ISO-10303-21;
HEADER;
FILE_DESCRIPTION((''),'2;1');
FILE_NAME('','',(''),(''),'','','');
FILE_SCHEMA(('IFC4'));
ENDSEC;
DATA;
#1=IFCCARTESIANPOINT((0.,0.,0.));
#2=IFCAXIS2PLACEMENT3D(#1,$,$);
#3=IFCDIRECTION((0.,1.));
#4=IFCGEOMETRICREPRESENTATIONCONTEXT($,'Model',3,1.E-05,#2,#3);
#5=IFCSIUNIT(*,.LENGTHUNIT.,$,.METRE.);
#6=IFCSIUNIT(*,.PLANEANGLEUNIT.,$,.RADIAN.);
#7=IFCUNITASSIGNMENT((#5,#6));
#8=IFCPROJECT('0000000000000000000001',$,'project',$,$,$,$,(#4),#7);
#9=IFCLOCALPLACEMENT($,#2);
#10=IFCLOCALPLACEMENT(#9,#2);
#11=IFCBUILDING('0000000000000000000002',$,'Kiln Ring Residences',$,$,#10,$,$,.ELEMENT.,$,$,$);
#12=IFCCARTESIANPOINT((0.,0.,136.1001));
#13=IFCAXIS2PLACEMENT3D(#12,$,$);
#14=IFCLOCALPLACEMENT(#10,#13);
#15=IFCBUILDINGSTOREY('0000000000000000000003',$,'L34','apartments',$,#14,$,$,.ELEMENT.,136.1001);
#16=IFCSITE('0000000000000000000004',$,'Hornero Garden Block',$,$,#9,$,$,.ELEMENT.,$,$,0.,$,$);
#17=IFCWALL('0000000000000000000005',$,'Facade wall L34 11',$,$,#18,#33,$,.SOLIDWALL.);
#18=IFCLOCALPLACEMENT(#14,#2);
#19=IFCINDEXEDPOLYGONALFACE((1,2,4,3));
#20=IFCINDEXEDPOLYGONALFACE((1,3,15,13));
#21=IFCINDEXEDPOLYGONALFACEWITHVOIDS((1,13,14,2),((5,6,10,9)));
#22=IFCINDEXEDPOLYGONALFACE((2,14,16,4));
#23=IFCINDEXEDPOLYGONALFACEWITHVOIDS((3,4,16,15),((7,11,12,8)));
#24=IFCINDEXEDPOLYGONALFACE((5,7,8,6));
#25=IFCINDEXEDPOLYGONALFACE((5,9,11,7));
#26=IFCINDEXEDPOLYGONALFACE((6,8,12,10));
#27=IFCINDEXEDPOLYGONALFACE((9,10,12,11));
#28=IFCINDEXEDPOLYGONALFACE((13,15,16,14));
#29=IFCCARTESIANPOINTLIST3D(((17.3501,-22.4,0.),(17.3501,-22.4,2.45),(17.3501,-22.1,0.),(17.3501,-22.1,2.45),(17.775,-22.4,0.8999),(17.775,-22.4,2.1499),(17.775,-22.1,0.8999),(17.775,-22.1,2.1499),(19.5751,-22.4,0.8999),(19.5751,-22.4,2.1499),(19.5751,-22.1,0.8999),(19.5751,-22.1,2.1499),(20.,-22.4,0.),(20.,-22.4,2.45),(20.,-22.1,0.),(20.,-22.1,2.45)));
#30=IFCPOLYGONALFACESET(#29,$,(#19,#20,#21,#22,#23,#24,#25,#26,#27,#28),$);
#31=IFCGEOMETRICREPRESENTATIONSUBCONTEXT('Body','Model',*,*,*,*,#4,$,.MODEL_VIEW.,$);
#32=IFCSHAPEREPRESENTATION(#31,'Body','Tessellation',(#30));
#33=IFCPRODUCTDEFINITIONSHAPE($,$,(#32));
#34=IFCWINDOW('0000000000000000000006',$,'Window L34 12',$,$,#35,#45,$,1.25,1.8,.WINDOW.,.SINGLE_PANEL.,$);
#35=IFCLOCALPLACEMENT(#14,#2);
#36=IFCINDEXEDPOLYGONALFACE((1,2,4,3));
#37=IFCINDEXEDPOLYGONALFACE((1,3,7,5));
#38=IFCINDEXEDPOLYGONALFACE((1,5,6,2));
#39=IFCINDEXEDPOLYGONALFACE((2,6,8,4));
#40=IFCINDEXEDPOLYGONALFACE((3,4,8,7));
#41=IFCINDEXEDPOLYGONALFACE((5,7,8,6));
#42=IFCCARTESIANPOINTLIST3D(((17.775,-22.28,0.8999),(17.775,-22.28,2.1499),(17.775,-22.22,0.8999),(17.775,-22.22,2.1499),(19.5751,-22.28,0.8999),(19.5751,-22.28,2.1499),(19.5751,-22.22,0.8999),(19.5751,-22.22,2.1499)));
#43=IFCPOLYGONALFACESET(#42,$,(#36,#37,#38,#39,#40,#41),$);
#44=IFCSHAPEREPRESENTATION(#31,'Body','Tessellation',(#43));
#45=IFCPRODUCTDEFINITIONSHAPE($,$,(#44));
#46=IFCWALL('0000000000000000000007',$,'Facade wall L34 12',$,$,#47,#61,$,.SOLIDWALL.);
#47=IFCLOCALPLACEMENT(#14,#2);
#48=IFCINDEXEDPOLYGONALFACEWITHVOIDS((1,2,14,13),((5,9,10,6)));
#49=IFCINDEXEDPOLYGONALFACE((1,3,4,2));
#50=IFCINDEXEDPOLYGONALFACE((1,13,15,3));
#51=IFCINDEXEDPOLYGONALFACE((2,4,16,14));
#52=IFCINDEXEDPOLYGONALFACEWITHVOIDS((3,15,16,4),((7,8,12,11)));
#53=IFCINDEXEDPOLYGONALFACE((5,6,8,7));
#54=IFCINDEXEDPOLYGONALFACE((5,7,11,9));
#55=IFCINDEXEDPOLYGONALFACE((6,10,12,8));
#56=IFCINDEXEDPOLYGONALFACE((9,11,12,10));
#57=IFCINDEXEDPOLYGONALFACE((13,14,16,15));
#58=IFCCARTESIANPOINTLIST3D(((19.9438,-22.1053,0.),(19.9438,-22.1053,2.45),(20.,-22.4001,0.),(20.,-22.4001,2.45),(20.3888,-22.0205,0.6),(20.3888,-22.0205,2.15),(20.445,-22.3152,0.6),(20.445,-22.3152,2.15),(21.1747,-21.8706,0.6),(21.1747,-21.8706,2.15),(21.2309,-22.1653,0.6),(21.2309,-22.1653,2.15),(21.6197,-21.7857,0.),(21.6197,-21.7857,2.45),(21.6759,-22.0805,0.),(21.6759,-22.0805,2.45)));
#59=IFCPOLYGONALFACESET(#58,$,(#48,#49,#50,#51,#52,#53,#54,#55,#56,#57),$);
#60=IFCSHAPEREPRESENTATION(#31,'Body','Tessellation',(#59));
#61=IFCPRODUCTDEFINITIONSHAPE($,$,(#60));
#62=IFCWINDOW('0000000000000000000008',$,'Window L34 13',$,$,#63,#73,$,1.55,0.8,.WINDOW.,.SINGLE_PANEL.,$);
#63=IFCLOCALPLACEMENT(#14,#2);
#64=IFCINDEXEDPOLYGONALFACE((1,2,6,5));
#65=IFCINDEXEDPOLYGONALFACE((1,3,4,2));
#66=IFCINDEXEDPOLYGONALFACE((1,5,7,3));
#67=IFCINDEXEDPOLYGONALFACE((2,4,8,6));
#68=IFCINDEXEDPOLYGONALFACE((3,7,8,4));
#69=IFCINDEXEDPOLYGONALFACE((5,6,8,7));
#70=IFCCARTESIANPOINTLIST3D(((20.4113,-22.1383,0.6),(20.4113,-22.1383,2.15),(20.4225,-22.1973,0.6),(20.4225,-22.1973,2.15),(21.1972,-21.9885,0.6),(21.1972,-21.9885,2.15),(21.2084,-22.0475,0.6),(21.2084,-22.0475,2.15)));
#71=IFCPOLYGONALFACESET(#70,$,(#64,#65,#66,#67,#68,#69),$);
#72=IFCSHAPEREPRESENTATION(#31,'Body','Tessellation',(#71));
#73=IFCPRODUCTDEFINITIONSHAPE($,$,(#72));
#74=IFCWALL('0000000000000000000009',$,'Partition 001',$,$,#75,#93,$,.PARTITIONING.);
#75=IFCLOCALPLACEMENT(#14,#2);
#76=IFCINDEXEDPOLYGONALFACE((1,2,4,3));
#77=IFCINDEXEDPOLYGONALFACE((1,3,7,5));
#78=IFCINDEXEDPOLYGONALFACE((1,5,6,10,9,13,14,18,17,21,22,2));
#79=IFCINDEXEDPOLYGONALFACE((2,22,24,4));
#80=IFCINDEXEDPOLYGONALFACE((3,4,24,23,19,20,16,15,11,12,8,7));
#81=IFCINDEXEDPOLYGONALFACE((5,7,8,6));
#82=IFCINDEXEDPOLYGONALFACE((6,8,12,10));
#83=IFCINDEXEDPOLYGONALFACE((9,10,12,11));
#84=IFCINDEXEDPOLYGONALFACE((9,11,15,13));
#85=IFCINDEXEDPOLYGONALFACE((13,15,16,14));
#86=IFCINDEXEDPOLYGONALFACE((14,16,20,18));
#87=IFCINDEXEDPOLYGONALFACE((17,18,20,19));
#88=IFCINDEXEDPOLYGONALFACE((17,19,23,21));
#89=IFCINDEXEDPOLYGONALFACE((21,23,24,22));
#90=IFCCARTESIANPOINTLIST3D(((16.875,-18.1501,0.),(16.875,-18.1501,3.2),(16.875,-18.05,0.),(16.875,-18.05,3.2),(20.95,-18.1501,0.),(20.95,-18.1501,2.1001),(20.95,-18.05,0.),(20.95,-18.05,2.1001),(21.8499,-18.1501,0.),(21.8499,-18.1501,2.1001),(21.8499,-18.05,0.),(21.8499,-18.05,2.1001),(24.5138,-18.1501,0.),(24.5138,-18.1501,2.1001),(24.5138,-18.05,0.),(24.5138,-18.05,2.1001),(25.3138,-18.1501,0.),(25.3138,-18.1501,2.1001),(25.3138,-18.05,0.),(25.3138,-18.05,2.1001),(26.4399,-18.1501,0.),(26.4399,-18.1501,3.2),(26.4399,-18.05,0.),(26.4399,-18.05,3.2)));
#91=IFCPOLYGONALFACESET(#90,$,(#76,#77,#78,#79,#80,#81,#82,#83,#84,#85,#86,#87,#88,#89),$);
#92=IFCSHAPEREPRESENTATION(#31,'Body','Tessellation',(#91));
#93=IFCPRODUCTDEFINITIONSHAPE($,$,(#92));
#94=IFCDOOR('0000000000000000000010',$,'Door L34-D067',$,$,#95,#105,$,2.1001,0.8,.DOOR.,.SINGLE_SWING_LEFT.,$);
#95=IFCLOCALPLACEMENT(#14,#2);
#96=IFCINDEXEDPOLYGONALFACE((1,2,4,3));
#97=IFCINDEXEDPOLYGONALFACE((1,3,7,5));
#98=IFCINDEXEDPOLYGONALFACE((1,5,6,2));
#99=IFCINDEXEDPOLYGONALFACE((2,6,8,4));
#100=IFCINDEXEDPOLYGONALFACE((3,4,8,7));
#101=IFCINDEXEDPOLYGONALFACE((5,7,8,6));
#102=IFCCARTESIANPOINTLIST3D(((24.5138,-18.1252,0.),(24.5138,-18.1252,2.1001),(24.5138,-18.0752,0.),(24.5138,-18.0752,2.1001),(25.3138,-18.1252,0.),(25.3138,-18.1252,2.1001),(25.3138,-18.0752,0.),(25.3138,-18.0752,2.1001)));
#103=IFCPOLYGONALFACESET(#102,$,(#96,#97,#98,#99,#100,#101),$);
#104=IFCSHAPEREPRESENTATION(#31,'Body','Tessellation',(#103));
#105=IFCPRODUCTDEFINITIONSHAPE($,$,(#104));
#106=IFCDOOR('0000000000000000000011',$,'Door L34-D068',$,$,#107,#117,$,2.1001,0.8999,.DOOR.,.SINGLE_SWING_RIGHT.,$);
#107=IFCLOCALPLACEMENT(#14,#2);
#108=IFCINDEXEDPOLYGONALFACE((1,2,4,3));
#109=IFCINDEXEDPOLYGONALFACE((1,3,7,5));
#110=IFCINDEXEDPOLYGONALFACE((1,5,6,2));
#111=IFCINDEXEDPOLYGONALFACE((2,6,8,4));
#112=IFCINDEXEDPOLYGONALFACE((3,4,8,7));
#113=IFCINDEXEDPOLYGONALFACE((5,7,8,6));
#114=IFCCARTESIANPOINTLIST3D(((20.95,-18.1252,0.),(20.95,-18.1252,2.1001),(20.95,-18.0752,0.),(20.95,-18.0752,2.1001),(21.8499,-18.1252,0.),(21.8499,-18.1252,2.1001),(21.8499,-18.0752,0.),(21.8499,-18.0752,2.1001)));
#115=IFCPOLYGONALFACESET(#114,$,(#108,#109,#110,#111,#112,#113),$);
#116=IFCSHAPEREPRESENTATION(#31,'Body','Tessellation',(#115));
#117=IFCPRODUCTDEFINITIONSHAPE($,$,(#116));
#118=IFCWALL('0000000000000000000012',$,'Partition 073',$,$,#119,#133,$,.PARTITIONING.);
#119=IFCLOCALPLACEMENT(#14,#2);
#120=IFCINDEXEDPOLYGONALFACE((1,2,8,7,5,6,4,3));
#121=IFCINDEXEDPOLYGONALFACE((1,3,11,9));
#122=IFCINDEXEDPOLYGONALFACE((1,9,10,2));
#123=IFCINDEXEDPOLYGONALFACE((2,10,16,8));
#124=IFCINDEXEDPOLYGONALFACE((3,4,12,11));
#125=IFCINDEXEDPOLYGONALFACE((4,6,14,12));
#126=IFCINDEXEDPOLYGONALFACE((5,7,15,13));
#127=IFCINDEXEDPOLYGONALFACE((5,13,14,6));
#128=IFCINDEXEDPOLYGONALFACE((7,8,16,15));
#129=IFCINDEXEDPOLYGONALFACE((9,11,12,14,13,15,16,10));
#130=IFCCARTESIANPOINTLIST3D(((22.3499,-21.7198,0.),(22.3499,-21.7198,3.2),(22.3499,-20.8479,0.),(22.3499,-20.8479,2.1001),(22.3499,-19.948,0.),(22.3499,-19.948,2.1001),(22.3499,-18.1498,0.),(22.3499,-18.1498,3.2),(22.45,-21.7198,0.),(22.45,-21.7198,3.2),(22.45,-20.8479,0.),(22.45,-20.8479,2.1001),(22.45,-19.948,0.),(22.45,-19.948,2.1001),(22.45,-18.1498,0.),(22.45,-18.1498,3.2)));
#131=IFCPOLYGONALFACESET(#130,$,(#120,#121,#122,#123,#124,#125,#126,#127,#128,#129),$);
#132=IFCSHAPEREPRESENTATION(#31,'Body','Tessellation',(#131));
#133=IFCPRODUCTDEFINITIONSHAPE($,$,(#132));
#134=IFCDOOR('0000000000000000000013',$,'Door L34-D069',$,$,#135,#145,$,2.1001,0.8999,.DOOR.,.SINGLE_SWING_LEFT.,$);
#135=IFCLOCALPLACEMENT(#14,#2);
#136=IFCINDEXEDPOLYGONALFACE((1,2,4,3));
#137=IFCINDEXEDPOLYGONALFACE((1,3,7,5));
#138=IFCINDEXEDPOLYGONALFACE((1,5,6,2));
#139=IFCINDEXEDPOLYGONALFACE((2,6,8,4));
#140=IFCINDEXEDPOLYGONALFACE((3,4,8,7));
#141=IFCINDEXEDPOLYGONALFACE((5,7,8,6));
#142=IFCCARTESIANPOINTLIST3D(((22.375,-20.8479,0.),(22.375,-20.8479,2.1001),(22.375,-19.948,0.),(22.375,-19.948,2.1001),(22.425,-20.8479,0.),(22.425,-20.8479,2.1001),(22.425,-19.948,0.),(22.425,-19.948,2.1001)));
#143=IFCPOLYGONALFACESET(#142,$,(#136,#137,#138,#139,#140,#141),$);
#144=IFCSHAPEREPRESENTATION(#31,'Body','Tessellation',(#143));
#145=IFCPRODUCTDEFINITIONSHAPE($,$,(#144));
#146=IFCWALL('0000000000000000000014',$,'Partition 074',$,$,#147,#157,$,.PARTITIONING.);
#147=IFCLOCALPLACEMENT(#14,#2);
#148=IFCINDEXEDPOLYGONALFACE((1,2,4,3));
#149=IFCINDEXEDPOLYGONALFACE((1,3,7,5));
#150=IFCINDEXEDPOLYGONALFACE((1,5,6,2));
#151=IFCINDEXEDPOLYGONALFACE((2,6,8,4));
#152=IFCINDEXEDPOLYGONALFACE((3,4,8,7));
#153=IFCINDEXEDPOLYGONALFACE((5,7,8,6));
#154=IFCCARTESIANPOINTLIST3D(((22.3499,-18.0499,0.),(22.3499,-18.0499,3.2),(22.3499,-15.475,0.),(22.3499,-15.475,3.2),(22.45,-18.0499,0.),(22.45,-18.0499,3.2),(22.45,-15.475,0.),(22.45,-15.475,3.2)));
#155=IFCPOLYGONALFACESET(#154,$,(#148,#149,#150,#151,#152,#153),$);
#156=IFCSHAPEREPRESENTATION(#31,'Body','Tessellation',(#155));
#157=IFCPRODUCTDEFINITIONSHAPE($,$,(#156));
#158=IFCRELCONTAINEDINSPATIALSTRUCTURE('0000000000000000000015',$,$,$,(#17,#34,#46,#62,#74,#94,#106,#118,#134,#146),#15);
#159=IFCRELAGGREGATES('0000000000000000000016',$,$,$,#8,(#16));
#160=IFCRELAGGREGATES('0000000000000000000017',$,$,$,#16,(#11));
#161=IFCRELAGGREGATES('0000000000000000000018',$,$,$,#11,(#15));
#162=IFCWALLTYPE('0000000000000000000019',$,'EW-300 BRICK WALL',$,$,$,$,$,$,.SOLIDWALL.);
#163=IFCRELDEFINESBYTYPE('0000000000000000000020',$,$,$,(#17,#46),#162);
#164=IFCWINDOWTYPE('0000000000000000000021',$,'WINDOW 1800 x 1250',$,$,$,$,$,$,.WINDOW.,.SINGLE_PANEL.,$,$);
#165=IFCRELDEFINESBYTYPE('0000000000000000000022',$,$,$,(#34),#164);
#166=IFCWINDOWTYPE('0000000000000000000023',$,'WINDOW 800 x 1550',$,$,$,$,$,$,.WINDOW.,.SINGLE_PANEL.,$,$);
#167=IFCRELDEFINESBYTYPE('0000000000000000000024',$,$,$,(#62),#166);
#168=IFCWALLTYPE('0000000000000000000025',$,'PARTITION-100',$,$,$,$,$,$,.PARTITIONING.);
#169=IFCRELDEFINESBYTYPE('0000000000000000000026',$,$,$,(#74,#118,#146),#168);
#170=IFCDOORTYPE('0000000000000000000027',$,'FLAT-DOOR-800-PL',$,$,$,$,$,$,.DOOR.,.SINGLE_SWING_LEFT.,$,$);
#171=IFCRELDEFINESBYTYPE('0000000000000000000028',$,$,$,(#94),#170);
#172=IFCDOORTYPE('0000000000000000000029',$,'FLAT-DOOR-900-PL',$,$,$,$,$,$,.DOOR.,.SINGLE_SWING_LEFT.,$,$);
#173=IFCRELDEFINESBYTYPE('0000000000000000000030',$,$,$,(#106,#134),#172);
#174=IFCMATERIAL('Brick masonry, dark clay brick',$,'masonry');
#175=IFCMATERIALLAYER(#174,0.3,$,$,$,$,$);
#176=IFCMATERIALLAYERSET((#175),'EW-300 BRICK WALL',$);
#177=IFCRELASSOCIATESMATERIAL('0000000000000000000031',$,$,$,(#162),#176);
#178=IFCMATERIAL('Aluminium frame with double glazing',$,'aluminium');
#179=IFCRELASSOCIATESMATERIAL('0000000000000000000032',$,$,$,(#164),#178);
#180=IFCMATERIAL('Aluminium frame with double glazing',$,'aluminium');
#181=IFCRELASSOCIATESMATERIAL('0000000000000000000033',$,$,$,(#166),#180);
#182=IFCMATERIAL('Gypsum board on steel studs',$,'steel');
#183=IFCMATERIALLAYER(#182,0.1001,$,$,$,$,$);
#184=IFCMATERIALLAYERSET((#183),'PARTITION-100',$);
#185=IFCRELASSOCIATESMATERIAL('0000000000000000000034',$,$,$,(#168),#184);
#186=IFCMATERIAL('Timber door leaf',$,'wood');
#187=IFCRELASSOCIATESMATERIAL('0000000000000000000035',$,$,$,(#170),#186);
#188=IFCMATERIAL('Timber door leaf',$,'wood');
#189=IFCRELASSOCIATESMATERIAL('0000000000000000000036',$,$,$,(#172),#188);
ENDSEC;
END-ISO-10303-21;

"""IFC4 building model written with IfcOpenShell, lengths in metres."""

from ifc_helpers import new_model, si_unit, direction, frame, frame_2d, origin, place, context, subcontext, project, spatial, rectangle, extrude, material, layer, layer_set, type_object, element, fill, save


model = new_model("IFC4")

# Units and contexts
model_context = context("Model", 3, precision=1e-05, world=origin(), true_north=direction((0.0, 1.0)))
body_context = subcontext(model_context, "Body", "Model", "MODEL_VIEW")
ifc_project = project(units=[si_unit("LENGTHUNIT", "METRE"), si_unit("PLANEANGLEUNIT", "RADIAN")], contexts=[model_context])

# Site, building, storey
site_placement = place(None, origin())
site = spatial("IfcSite", under=ifc_project, at=site_placement, Name="Hornero Garden Block", CompositionType="ELEMENT", RefElevation=0.0)
building_placement = place(site_placement, origin())
building = spatial("IfcBuilding", under=site, at=building_placement, Name="Kiln Ring Residences", CompositionType="ELEMENT")
storey_placement = place(building_placement, frame((0.0, 0.0, 136.1001)))
storey = spatial("IfcBuildingStorey", under=building, at=storey_placement, Name="L34", Description="apartments", CompositionType="ELEMENT", Elevation=136.1001)

# Walls, openings, windows
ifc_material_1 = material(Name="Brick masonry, dark clay brick", Category="masonry")
ifc_layer_1 = layer(ifc_material_1, 0.3)
ifc_layer_set_1 = layer_set([ifc_layer_1], Name="EW-300 BRICK WALL")
wall_type_1 = type_object("IfcWallType", Name="EW-300 BRICK WALL", PredefinedType="SOLIDWALL", material=ifc_layer_set_1)
wall_1_placement = place(storey_placement, frame((17.3501, -22.25, 0.0), z_axis=(0.0, 0.0, 1.0), x_axis=(1.0, 0.0, 0.0)))
wall_1 = element("IfcWall", 1, at=wall_1_placement, inside=storey, type_object=wall_type_1, Name="Facade wall L34 11", PredefinedType="SOLIDWALL", context=body_context, shape_type="SweptSolid", body=[
    extrude(rectangle(XDim=2.6499, YDim=0.3, at=frame_2d((1.325, 0.0))), origin(), (0.0, 0.0, 1.0), 2.45),
])
opening_1_placement = place(wall_1_placement, frame((0.425, 0.0, 0.8999)))
opening_1 = element("IfcOpeningElement", 2, at=opening_1_placement, cuts=wall_1, PredefinedType="OPENING", context=body_context, shape_type="SweptSolid", body=[
    extrude(rectangle(XDim=1.8, YDim=1.25, at=frame_2d((0.8999, 0.625))), frame((0.0, 0.1599, 0.0), z_axis=(0.0, -1.0, 0.0), x_axis=(1.0, 0.0, 0.0)), (0.0, 0.0, 1.0), 0.3201),
])
ifc_material_2 = material(Name="Aluminium frame with double glazing", Category="aluminium")
window_type_1 = type_object("IfcWindowType", Name="WINDOW 1800 x 1250", PartitioningType="SINGLE_PANEL", PredefinedType="WINDOW", material=ifc_material_2)
window_1_placement = place(opening_1_placement, origin())
window_1 = element("IfcWindow", 3, at=window_1_placement, inside=storey, type_object=window_type_1, Name="Window L34 12", OverallHeight=1.25, OverallWidth=1.8, PartitioningType="SINGLE_PANEL", PredefinedType="WINDOW", context=body_context, shape_type="SweptSolid", body=[
    extrude(rectangle(XDim=1.8, YDim=1.25, at=frame_2d((0.8999, 0.625))), frame((0.0, 0.03, 0.0), z_axis=(0.0, -1.0, 0.0), x_axis=(1.0, 0.0, 0.0)), (0.0, 0.0, 1.0), 0.0601),
])
fill(opening_1, window_1)
wall_2_placement = place(storey_placement, frame((19.9719, -22.2527, 0.0), z_axis=(0.0, 0.0, 1.0), x_axis=(0.982297, 0.187329, 0.0)))
wall_2 = element("IfcWall", 4, at=wall_2_placement, inside=storey, type_object=wall_type_1, Name="Facade wall L34 12", PredefinedType="SOLIDWALL", context=body_context, shape_type="SweptSolid", body=[
    extrude(rectangle(XDim=1.7061, YDim=0.3, at=frame_2d((0.853, 0.0))), origin(), (0.0, 0.0, 1.0), 2.45),
])
opening_2_placement = place(wall_2_placement, frame((0.4531, 0.0, 0.6001)))
opening_2 = element("IfcOpeningElement", 5, at=opening_2_placement, cuts=wall_2, PredefinedType="OPENING", context=body_context, shape_type="SweptSolid", body=[
    extrude(rectangle(XDim=0.8, YDim=1.55, at=frame_2d((0.3999, 0.7749))), frame((0.0, 0.1599, 0.0), z_axis=(0.0, -1.0, 0.0), x_axis=(1.0, 0.0, 0.0)), (0.0, 0.0, 1.0), 0.3201),
])
ifc_material_3 = material(Name="Aluminium frame with double glazing", Category="aluminium")
window_type_2 = type_object("IfcWindowType", Name="WINDOW 800 x 1550", PartitioningType="SINGLE_PANEL", PredefinedType="WINDOW", material=ifc_material_3)
window_2_placement = place(opening_2_placement, origin())
window_2 = element("IfcWindow", 6, at=window_2_placement, inside=storey, type_object=window_type_2, Name="Window L34 13", OverallHeight=1.55, OverallWidth=0.8, PartitioningType="SINGLE_PANEL", PredefinedType="WINDOW", context=body_context, shape_type="SweptSolid", body=[
    extrude(rectangle(XDim=0.8, YDim=1.55, at=frame_2d((0.3999, 0.7749))), frame((0.0, 0.03, 0.0), z_axis=(0.0, -1.0, 0.0), x_axis=(1.0, 0.0, 0.0)), (0.0, 0.0, 1.0), 0.0601),
])
fill(opening_2, window_2)

# Wall, openings, doors
ifc_material_4 = material(Name="Gypsum board on steel studs", Category="steel")
ifc_layer_2 = layer(ifc_material_4, 0.1001)
ifc_layer_set_2 = layer_set([ifc_layer_2], Name="PARTITION-100")
wall_type_2 = type_object("IfcWallType", Name="PARTITION-100", PredefinedType="PARTITIONING", material=ifc_layer_set_2)
wall_3_placement = place(storey_placement, frame((16.875, -18.1001, 0.0), z_axis=(0.0, 0.0, 1.0), x_axis=(1.0, 0.0, 0.0)))
wall_3 = element("IfcWall", 7, at=wall_3_placement, inside=storey, type_object=wall_type_2, Name="Partition 001", PredefinedType="PARTITIONING", context=body_context, shape_type="SweptSolid", body=[
    extrude(rectangle(XDim=9.5649, YDim=0.1001, at=frame_2d((4.7825, 0.0))), origin(), (0.0, 0.0, 1.0), 3.2),
])
opening_3_placement = place(wall_3_placement, frame((7.6389, 0.0, 0.0)))
opening_3 = element("IfcOpeningElement", 8, at=opening_3_placement, cuts=wall_3, PredefinedType="OPENING", context=body_context, shape_type="SweptSolid", body=[
    extrude(rectangle(XDim=0.8, YDim=2.1001, at=frame_2d((0.3999, 1.05))), frame((0.0, 0.0601, 0.0), z_axis=(0.0, -1.0, 0.0), x_axis=(1.0, 0.0, 0.0)), (0.0, 0.0, 1.0), 0.1201),
])
opening_4_placement = place(wall_3_placement, frame((4.075, 0.0, 0.0)))
opening_4 = element("IfcOpeningElement", 9, at=opening_4_placement, cuts=wall_3, PredefinedType="OPENING", context=body_context, shape_type="SweptSolid", body=[
    extrude(rectangle(XDim=0.8999, YDim=2.1001, at=frame_2d((0.45, 1.05))), frame((0.0, 0.0601, 0.0), z_axis=(0.0, -1.0, 0.0), x_axis=(1.0, 0.0, 0.0)), (0.0, 0.0, 1.0), 0.1201),
])
ifc_material_5 = material(Name="Timber door leaf", Category="wood")
door_type_1 = type_object("IfcDoorType", Name="FLAT-DOOR-800-PL", OperationType="SINGLE_SWING_LEFT", PredefinedType="DOOR", material=ifc_material_5)
door_1_placement = place(opening_3_placement, origin())
door_1 = element("IfcDoor", 10, at=door_1_placement, inside=storey, type_object=door_type_1, Name="Door L34-D067", OperationType="SINGLE_SWING_LEFT", OverallHeight=2.1001, OverallWidth=0.8, PredefinedType="DOOR", context=body_context, shape_type="SweptSolid", body=[
    extrude(rectangle(XDim=0.8, YDim=2.1001, at=frame_2d((0.3999, 1.05))), frame((0.0, 0.0249, 0.0), z_axis=(0.0, -1.0, 0.0), x_axis=(1.0, 0.0, 0.0)), (0.0, 0.0, 1.0), 0.05),
])
fill(opening_3, door_1)
ifc_material_6 = material(Name="Timber door leaf", Category="wood")
door_type_2 = type_object("IfcDoorType", Name="FLAT-DOOR-900-PL", OperationType="SINGLE_SWING_LEFT", PredefinedType="DOOR", material=ifc_material_6)
door_2_placement = place(opening_4_placement, origin())
door_2 = element("IfcDoor", 11, at=door_2_placement, inside=storey, type_object=door_type_2, Name="Door L34-D068", OperationType="SINGLE_SWING_RIGHT", OverallHeight=2.1001, OverallWidth=0.8999, PredefinedType="DOOR", context=body_context, shape_type="SweptSolid", body=[
    extrude(rectangle(XDim=0.8999, YDim=2.1001, at=frame_2d((0.45, 1.05))), frame((0.0, 0.0249, 0.0), z_axis=(0.0, -1.0, 0.0), x_axis=(1.0, 0.0, 0.0)), (0.0, 0.0, 1.0), 0.05),
])
fill(opening_4, door_2)

# Wall, opening, door
wall_4_placement = place(storey_placement, frame((22.3999, -21.72, 0.0), z_axis=(0.0, 0.0, 1.0), x_axis=(0.0, 1.0, 0.0)))
wall_4 = element("IfcWall", 12, at=wall_4_placement, inside=storey, type_object=wall_type_2, Name="Partition 073", PredefinedType="PARTITIONING", context=body_context, shape_type="SweptSolid", body=[
    extrude(rectangle(XDim=3.5701, YDim=0.1001, at=frame_2d((1.7852, 0.0))), origin(), (0.0, 0.0, 1.0), 3.2),
])
opening_5_placement = place(wall_4_placement, frame((0.8721, 0.0, 0.0)))
opening_5 = element("IfcOpeningElement", 13, at=opening_5_placement, cuts=wall_4, PredefinedType="OPENING", context=body_context, shape_type="SweptSolid", body=[
    extrude(rectangle(XDim=0.8999, YDim=2.1001, at=frame_2d((0.45, 1.05))), frame((0.0, 0.0601, 0.0), z_axis=(0.0, -1.0, 0.0), x_axis=(1.0, 0.0, 0.0)), (0.0, 0.0, 1.0), 0.1201),
])
door_3_placement = place(opening_5_placement, origin())
door_3 = element("IfcDoor", 14, at=door_3_placement, inside=storey, type_object=door_type_2, Name="Door L34-D069", OperationType="SINGLE_SWING_LEFT", OverallHeight=2.1001, OverallWidth=0.8999, PredefinedType="DOOR", context=body_context, shape_type="SweptSolid", body=[
    extrude(rectangle(XDim=0.8999, YDim=2.1001, at=frame_2d((0.45, 1.05))), frame((0.0, 0.0249, 0.0), z_axis=(0.0, -1.0, 0.0), x_axis=(1.0, 0.0, 0.0)), (0.0, 0.0, 1.0), 0.05),
])
fill(opening_5, door_3)

# Wall
wall_5_placement = place(storey_placement, frame((22.3999, -18.05, 0.0), z_axis=(0.0, 0.0, 1.0), x_axis=(0.0, 1.0, 0.0)))
element("IfcWall", 15, at=wall_5_placement, inside=storey, type_object=wall_type_2, Name="Partition 074", PredefinedType="PARTITIONING", context=body_context, shape_type="SweptSolid", body=[
    extrude(rectangle(XDim=2.575, YDim=0.1001, at=frame_2d((1.2876, 0.0))), origin(), (0.0, 0.0, 1.0), 3.2),
])

save(model, "model.ifc")
